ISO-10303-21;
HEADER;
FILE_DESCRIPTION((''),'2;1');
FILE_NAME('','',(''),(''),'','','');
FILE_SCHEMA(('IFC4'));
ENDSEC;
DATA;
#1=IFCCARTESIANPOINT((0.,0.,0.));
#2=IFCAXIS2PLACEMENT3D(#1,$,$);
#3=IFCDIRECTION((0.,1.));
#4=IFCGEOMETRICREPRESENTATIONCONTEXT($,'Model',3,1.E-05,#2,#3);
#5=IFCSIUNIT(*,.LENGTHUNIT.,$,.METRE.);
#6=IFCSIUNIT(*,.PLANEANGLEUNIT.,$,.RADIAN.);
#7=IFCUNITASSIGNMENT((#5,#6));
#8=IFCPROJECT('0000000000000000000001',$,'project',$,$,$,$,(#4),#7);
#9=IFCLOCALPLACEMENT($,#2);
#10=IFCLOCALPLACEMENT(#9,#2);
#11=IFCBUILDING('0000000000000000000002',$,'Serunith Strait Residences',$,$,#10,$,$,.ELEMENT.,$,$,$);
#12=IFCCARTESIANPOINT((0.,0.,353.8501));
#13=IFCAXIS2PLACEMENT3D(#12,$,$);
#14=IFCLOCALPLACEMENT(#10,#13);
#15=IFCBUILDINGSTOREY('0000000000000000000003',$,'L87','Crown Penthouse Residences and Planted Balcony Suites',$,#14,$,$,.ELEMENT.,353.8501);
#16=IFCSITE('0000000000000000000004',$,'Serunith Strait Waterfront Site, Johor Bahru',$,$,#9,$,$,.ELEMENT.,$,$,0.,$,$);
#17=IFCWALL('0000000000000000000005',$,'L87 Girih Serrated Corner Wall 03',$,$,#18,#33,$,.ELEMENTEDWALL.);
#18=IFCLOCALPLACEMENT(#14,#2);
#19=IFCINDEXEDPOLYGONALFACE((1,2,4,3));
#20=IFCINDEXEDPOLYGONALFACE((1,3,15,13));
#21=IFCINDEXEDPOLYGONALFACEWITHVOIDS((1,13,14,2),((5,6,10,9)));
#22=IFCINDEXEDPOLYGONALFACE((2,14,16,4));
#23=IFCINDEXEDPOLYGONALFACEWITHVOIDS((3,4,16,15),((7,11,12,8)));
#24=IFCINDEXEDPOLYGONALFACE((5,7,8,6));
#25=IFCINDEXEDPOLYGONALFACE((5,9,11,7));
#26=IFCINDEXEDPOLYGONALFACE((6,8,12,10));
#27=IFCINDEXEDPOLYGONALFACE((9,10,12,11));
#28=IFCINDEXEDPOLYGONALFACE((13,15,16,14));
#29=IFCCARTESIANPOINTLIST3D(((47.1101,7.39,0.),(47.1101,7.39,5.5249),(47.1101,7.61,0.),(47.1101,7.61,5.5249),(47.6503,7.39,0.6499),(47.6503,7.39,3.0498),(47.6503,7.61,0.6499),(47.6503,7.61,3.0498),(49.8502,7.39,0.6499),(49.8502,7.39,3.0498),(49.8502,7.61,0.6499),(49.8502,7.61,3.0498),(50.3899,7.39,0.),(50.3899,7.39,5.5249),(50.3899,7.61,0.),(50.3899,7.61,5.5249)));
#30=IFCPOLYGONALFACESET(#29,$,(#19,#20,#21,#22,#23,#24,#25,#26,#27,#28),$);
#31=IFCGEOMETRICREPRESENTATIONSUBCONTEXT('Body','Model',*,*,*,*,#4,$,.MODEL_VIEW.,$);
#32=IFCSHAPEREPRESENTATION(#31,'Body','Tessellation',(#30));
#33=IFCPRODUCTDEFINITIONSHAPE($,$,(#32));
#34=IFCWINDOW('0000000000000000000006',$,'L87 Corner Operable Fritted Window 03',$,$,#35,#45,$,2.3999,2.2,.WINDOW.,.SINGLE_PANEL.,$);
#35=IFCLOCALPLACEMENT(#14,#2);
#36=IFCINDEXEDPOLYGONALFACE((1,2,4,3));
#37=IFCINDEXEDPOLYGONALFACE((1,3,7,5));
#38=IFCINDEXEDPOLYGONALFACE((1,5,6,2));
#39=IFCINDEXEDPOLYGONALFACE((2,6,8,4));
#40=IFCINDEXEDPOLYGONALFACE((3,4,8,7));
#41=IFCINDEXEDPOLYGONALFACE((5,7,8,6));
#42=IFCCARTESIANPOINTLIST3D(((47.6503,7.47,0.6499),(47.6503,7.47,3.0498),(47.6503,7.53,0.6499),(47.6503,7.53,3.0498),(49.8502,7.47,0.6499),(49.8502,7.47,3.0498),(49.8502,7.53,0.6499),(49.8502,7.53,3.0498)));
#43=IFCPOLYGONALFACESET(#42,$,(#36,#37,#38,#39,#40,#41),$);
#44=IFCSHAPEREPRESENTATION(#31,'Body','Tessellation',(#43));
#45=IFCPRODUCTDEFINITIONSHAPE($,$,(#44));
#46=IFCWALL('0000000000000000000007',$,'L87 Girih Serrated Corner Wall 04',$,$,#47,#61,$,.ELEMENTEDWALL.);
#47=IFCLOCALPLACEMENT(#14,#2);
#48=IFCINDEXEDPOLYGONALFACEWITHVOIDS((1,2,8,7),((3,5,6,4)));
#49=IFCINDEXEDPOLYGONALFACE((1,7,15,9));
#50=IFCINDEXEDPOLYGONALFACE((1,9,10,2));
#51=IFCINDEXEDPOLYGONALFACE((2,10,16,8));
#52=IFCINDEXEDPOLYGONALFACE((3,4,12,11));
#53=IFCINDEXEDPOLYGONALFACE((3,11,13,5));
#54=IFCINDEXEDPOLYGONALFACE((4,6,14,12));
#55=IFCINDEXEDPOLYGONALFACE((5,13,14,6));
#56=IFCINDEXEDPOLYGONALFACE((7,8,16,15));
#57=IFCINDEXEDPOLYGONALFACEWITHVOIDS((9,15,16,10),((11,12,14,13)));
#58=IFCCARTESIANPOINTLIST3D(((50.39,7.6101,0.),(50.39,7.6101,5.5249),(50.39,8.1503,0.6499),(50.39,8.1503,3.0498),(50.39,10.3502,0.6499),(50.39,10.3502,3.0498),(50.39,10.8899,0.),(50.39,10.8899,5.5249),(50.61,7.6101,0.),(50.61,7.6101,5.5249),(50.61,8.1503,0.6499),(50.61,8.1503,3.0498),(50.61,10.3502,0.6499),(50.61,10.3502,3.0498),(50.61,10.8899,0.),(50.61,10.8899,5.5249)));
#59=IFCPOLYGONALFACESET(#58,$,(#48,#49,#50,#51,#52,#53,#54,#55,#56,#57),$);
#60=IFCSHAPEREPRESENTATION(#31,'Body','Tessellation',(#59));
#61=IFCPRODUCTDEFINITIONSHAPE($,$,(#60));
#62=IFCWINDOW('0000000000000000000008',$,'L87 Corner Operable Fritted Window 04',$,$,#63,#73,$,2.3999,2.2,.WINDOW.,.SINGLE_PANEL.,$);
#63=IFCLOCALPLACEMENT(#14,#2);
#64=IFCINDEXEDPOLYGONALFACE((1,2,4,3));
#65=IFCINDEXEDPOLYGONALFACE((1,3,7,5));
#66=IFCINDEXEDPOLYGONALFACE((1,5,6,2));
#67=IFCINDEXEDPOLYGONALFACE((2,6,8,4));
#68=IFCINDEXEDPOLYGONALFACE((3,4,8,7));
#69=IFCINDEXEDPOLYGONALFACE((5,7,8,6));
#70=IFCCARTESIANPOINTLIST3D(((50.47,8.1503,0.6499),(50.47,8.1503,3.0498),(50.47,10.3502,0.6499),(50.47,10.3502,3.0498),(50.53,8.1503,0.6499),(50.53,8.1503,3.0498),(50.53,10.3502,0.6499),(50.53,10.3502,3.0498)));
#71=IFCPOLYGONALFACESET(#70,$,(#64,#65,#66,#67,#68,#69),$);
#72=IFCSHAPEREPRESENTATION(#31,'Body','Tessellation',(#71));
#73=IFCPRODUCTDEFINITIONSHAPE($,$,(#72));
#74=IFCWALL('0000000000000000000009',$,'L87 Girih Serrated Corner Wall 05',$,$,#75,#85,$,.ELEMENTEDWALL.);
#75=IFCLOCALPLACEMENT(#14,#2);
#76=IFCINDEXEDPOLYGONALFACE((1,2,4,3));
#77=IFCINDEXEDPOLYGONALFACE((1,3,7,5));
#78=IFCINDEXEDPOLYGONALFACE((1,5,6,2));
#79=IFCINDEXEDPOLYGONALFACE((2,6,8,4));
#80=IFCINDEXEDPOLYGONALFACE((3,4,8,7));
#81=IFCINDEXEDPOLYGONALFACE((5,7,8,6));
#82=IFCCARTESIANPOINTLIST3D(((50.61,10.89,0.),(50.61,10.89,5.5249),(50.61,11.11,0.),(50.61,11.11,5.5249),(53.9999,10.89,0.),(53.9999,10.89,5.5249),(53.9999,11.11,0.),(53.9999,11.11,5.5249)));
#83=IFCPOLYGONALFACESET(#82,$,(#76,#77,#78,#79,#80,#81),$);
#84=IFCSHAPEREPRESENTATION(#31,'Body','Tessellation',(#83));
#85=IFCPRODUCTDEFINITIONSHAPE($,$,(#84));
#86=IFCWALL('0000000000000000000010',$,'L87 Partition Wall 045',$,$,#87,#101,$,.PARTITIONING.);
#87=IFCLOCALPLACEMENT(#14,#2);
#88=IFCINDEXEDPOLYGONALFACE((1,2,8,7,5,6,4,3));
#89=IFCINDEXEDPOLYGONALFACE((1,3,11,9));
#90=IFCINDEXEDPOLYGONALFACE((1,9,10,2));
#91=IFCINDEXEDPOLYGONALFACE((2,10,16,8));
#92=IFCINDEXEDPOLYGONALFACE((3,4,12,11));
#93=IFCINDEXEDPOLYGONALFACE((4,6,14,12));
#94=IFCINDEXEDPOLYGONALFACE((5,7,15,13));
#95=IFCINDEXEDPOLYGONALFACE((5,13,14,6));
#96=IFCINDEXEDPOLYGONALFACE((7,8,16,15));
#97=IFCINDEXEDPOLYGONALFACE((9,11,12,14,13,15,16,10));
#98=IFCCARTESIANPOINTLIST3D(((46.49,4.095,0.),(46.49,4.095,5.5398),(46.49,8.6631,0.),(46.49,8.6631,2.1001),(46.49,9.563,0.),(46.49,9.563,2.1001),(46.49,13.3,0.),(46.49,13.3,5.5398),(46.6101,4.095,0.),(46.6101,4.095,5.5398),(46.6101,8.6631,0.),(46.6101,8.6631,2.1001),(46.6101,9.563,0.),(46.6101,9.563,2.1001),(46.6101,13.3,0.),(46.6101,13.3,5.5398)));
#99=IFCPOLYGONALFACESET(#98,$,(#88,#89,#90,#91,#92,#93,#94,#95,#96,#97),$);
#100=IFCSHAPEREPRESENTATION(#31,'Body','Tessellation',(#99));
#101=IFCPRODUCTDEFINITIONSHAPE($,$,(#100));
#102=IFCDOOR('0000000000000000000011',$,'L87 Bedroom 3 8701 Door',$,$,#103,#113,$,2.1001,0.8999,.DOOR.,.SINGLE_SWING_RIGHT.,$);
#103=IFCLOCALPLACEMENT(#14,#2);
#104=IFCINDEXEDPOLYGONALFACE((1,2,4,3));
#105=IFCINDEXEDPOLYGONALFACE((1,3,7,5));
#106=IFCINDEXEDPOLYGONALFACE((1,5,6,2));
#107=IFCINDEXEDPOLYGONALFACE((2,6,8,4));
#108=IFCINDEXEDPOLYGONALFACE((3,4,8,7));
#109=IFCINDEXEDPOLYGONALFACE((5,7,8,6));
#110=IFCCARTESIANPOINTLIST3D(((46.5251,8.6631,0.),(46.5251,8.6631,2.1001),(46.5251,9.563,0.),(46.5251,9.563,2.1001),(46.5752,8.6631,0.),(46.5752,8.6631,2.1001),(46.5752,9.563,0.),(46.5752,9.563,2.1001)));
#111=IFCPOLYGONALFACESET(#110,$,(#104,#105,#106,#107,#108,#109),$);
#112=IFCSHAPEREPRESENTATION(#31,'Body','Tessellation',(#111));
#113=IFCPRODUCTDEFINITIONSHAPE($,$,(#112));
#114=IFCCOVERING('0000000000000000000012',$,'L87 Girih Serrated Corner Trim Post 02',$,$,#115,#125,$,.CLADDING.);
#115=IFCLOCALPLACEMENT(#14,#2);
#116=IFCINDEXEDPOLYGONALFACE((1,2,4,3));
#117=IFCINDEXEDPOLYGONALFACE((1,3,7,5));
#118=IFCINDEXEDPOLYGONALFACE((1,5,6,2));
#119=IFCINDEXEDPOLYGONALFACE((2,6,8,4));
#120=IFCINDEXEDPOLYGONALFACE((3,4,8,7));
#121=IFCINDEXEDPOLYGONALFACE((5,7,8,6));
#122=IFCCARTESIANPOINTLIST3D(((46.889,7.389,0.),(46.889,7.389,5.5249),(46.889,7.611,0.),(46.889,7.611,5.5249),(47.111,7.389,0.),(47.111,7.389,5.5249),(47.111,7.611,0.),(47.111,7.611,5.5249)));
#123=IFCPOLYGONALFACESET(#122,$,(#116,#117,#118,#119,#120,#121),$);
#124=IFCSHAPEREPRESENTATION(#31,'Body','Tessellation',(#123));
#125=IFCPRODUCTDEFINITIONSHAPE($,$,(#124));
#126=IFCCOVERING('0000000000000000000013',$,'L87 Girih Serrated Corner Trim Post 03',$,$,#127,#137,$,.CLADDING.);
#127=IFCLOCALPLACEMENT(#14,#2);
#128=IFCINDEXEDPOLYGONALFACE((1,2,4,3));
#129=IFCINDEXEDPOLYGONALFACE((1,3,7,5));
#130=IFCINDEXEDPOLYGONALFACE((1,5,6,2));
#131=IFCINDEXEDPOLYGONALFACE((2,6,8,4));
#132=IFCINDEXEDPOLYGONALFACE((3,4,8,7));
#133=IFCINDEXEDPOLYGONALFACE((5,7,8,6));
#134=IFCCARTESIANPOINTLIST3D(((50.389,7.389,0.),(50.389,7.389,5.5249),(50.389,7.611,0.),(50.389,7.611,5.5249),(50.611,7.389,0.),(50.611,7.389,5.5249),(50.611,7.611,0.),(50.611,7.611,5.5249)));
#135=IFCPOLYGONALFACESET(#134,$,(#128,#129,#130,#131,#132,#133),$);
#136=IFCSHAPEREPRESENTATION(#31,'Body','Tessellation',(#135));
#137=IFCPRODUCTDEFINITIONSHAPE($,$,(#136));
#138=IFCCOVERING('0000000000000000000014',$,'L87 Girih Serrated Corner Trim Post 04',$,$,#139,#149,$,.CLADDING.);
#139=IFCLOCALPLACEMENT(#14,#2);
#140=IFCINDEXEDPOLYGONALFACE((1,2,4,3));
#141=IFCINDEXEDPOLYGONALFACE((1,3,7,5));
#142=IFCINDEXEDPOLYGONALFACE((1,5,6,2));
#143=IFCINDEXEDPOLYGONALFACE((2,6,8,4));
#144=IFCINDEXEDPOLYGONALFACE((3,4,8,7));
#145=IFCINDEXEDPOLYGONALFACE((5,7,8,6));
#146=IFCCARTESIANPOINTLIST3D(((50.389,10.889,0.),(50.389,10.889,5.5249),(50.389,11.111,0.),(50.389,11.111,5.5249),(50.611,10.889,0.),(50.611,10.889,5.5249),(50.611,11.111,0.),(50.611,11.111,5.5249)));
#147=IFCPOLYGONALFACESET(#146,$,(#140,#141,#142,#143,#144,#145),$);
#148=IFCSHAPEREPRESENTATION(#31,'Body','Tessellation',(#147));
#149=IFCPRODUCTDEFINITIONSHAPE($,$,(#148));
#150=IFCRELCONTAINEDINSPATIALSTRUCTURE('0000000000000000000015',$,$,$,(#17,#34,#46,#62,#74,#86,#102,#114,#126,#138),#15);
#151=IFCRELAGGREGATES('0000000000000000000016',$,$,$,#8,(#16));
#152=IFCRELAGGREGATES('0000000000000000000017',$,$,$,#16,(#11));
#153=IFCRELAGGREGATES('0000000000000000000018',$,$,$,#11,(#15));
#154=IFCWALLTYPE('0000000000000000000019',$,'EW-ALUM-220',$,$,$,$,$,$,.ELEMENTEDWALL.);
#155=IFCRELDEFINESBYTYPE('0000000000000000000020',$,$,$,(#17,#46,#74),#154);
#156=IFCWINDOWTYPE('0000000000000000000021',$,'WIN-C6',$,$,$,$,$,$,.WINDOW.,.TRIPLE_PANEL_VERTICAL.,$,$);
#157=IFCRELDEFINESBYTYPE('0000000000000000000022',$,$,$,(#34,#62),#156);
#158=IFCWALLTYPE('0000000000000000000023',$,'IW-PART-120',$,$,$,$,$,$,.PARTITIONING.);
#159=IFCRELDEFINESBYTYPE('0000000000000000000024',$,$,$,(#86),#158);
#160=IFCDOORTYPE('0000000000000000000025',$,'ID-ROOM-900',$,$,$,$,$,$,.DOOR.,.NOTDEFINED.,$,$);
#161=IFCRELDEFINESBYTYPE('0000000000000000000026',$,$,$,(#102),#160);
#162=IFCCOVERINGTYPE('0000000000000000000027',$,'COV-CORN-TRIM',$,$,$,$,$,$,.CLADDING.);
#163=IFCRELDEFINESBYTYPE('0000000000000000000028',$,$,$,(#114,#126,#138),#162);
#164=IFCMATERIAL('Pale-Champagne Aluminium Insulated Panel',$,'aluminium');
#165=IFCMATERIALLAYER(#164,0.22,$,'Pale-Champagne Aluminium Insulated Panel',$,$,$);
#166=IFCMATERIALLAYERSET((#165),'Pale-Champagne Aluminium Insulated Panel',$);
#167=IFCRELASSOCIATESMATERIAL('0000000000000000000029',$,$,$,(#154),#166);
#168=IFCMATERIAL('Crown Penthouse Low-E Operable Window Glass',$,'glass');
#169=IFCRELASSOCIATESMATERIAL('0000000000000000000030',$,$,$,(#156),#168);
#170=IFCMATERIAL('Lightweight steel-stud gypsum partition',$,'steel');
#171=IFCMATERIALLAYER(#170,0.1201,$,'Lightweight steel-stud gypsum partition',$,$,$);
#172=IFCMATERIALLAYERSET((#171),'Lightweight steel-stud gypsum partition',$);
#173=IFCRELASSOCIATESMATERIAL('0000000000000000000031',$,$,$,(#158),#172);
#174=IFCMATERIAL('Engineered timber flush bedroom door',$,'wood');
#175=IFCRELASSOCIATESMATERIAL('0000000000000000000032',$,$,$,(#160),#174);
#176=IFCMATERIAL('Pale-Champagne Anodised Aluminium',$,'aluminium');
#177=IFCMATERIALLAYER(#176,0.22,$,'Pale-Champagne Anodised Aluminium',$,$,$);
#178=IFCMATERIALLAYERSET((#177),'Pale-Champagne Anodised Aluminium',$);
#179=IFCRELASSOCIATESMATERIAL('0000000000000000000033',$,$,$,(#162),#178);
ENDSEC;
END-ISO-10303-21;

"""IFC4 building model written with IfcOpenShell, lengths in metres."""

from ifc_helpers import new_model, si_unit, direction, frame, frame_2d, origin, origin_2d, place, context, subcontext, project, spatial, rectangle, extrude, source, transform, mapped, material, layer, layer_set, type_object, element, fill, save


model = new_model("IFC4")

# Units and contexts
model_context = context("Model", 3, precision=1e-05, world=origin(), true_north=direction((0.0, 1.0)))
body_context = subcontext(model_context, "Body", "Model", "MODEL_VIEW")
ifc_project = project(units=[si_unit("LENGTHUNIT", "METRE"), si_unit("PLANEANGLEUNIT", "RADIAN")], contexts=[model_context])

# Site, building, storey
site_placement = place(None, origin())
site = spatial("IfcSite", under=ifc_project, at=site_placement, Name="Serunith Strait Waterfront Site, Johor Bahru", CompositionType="ELEMENT", RefElevation=0.0)
building_placement = place(site_placement, origin())
building = spatial("IfcBuilding", under=site, at=building_placement, Name="Serunith Strait Residences", CompositionType="ELEMENT")
storey_placement = place(building_placement, frame((0.0, 0.0, 353.8501)))
storey = spatial("IfcBuildingStorey", under=building, at=storey_placement, Name="L87", Description="Crown Penthouse Residences and Planted Balcony Suites", CompositionType="ELEMENT", Elevation=353.8501)

# Walls, openings, windows
ifc_material_1 = material(Name="Pale-Champagne Aluminium Insulated Panel", Category="aluminium")
ifc_layer_1 = layer(ifc_material_1, 0.22, Name="Pale-Champagne Aluminium Insulated Panel")
ifc_layer_set_1 = layer_set([ifc_layer_1], Name="Pale-Champagne Aluminium Insulated Panel")
wall_type_1 = type_object("IfcWallType", Name="EW-ALUM-220", PredefinedType="ELEMENTEDWALL", material=ifc_layer_set_1)
ifc_material_2 = material(Name="Crown Penthouse Low-E Operable Window Glass", Category="glass")
window_type = type_object("IfcWindowType", Name="WIN-C6", PartitioningType="TRIPLE_PANEL_VERTICAL", PredefinedType="WINDOW", material=ifc_material_2)
shared_shape_1 = source(origin(), body_context, "Body", "SweptSolid", [
    extrude(rectangle(XDim=2.2, YDim=2.3999, at=frame_2d((1.1001, 1.2))), frame((0.0, 0.03, 0.0), z_axis=(0.0, -1.0, 0.0), x_axis=(1.0, 0.0, 0.0)), (0.0, 0.0, 1.0), 0.0601),
])
wall_1_placement = place(storey_placement, frame((47.1101, 7.5, 0.0), z_axis=(0.0, 0.0, 1.0), x_axis=(1.0, 0.0, 0.0)))
wall_1 = element("IfcWall", 1, at=wall_1_placement, inside=storey, type_object=wall_type_1, Name="L87 Girih Serrated Corner Wall 03", PredefinedType="ELEMENTEDWALL", context=body_context, shape_type="SweptSolid", body=[
    extrude(rectangle(XDim=3.2798, YDim=0.22, at=frame_2d((1.6399, 0.0))), origin(), (0.0, 0.0, 1.0), 5.5249),
])
opening_1_placement = place(wall_1_placement, frame((0.54, 0.0, 0.6499)))
opening_1 = element("IfcOpeningElement", 2, at=opening_1_placement, cuts=wall_1, PredefinedType="OPENING", context=body_context, shape_type="SweptSolid", body=[
    extrude(rectangle(XDim=2.2, YDim=2.3999, at=frame_2d((1.1001, 1.2))), frame((0.0, 0.1201, 0.0), z_axis=(0.0, -1.0, 0.0), x_axis=(1.0, 0.0, 0.0)), (0.0, 0.0, 1.0), 0.24),
])
window_1_placement = place(opening_1_placement, origin())
window_1 = element("IfcWindow", 3, at=window_1_placement, inside=storey, type_object=window_type, Name="L87 Corner Operable Fritted Window 03", OverallHeight=2.3999, OverallWidth=2.2, PartitioningType="SINGLE_PANEL", PredefinedType="WINDOW", context=body_context, shape_type="MappedRepresentation", body=[
    mapped(shared_shape_1, transform((0.0, 0.0, 0.0), scale=1.0)),
])
fill(opening_1, window_1)
wall_2_placement = place(storey_placement, frame((50.5, 7.6101, 0.0), z_axis=(0.0, 0.0, 1.0), x_axis=(0.0, 1.0, 0.0)))
wall_2 = element("IfcWall", 4, at=wall_2_placement, inside=storey, type_object=wall_type_1, Name="L87 Girih Serrated Corner Wall 04", PredefinedType="ELEMENTEDWALL", context=body_context, shape_type="SweptSolid", body=[
    extrude(rectangle(XDim=3.2798, YDim=0.22, at=frame_2d((1.6399, 0.0))), origin(), (0.0, 0.0, 1.0), 5.5249),
])
opening_2_placement = place(wall_2_placement, frame((0.54, 0.0, 0.6499)))
opening_2 = element("IfcOpeningElement", 5, at=opening_2_placement, cuts=wall_2, PredefinedType="OPENING", context=body_context, shape_type="SweptSolid", body=[
    extrude(rectangle(XDim=2.2, YDim=2.3999, at=frame_2d((1.1001, 1.2))), frame((0.0, 0.1201, 0.0), z_axis=(0.0, -1.0, 0.0), x_axis=(1.0, 0.0, 0.0)), (0.0, 0.0, 1.0), 0.24),
])
window_2_placement = place(opening_2_placement, origin())
window_2 = element("IfcWindow", 6, at=window_2_placement, inside=storey, type_object=window_type, Name="L87 Corner Operable Fritted Window 04", OverallHeight=2.3999, OverallWidth=2.2, PartitioningType="SINGLE_PANEL", PredefinedType="WINDOW", context=body_context, shape_type="MappedRepresentation", body=[
    mapped(shared_shape_1, transform((0.0, 0.0, 0.0), scale=1.0)),
])
fill(opening_2, window_2)

# Wall
wall_3_placement = place(storey_placement, frame((50.6101, 11.0, 0.0), z_axis=(0.0, 0.0, 1.0), x_axis=(1.0, 0.0, 0.0)))
element("IfcWall", 7, at=wall_3_placement, inside=storey, type_object=wall_type_1, Name="L87 Girih Serrated Corner Wall 05", PredefinedType="ELEMENTEDWALL", context=body_context, shape_type="SweptSolid", body=[
    extrude(rectangle(XDim=3.3899, YDim=0.22, at=frame_2d((1.6948, 0.0))), origin(), (0.0, 0.0, 1.0), 5.5249),
])

# Wall, opening, door
ifc_material_3 = material(Name="Lightweight steel-stud gypsum partition", Category="steel")
ifc_layer_2 = layer(ifc_material_3, 0.1201, Name="Lightweight steel-stud gypsum partition")
ifc_layer_set_2 = layer_set([ifc_layer_2], Name="Lightweight steel-stud gypsum partition")
wall_type_2 = type_object("IfcWallType", Name="IW-PART-120", PredefinedType="PARTITIONING", material=ifc_layer_set_2)
wall_4_placement = place(storey_placement, frame((46.55, 4.095, 0.0), z_axis=(0.0, 0.0, 1.0), x_axis=(0.0, 1.0, 0.0)))
wall_4 = element("IfcWall", 8, at=wall_4_placement, inside=storey, type_object=wall_type_2, Name="L87 Partition Wall 045", PredefinedType="PARTITIONING", context=body_context, shape_type="SweptSolid", body=[
    extrude(rectangle(XDim=9.2051, YDim=0.1201, at=frame_2d((4.6025, 0.0))), origin(), (0.0, 0.0, 1.0), 5.5398),
])
opening_3_placement = place(wall_4_placement, frame((4.5681, 0.0, 0.0)))
opening_3 = element("IfcOpeningElement", 9, at=opening_3_placement, cuts=wall_4, PredefinedType="OPENING", context=body_context, shape_type="SweptSolid", body=[
    extrude(rectangle(XDim=0.8999, YDim=2.1001, at=frame_2d((0.45, 1.05))), frame((0.0, 0.0701, 0.0), z_axis=(0.0, -1.0, 0.0), x_axis=(1.0, 0.0, 0.0)), (0.0, 0.0, 1.0), 0.1401),
])
ifc_material_4 = material(Name="Engineered timber flush bedroom door", Category="wood")
door_type = type_object("IfcDoorType", Name="ID-ROOM-900", OperationType="NOTDEFINED", PredefinedType="DOOR", material=ifc_material_4)
shared_shape_2 = source(origin(), body_context, "Body", "SweptSolid", [
    extrude(rectangle(XDim=0.8999, YDim=2.1001, at=frame_2d((0.45, 1.05))), frame((0.0, 0.0249, 0.0), z_axis=(0.0, -1.0, 0.0), x_axis=(1.0, 0.0, 0.0)), (0.0, 0.0, 1.0), 0.05),
])
door_placement = place(opening_3_placement, origin())
door = element("IfcDoor", 10, at=door_placement, inside=storey, type_object=door_type, Name="L87 Bedroom 3 8701 Door", OperationType="SINGLE_SWING_RIGHT", OverallHeight=2.1001, OverallWidth=0.8999, PredefinedType="DOOR", context=body_context, shape_type="MappedRepresentation", body=[
    mapped(shared_shape_2, transform((0.0, 0.0, 0.0), scale=1.0)),
])
fill(opening_3, door)

# Coverings
ifc_material_5 = material(Name="Pale-Champagne Anodised Aluminium", Category="aluminium")
ifc_layer_3 = layer(ifc_material_5, 0.22, Name="Pale-Champagne Anodised Aluminium")
ifc_layer_set_3 = layer_set([ifc_layer_3], Name="Pale-Champagne Anodised Aluminium")
covering_type = type_object("IfcCoveringType", Name="COV-CORN-TRIM", PredefinedType="CLADDING", material=ifc_layer_set_3)
shared_shape_3 = source(origin(), body_context, "Body", "SweptSolid", [
    extrude(rectangle(XDim=0.2219, YDim=0.2219, at=origin_2d()), origin(), (0.0, 0.0, 1.0), 5.5249),
])
for number, where, z_axis, x_axis, name in (
    (11, (47.0, 7.5, 0.0), (0.0, 0.0, 1.0), (1.0, 0.0, 0.0), "L87 Girih Serrated Corner Trim Post 02"),
    (12, (50.5, 7.5, 0.0), (0.0, 0.0, 1.0), (1.0, 0.0, 0.0), "L87 Girih Serrated Corner Trim Post 03"),
    (13, (50.5, 11.0, 0.0), (0.0, 0.0, 1.0), (1.0, 0.0, 0.0), "L87 Girih Serrated Corner Trim Post 04"),
):
    element("IfcCovering", number, at=place(storey_placement, frame(where, z_axis=z_axis, x_axis=x_axis)), inside=storey, type_object=covering_type, Name=name, PredefinedType="CLADDING", context=body_context, shape_type="MappedRepresentation", body=[
        mapped(shared_shape_3, transform((0.0, 0.0, 0.0), scale=1.0)),
    ])

save(model, "model.ifc")
